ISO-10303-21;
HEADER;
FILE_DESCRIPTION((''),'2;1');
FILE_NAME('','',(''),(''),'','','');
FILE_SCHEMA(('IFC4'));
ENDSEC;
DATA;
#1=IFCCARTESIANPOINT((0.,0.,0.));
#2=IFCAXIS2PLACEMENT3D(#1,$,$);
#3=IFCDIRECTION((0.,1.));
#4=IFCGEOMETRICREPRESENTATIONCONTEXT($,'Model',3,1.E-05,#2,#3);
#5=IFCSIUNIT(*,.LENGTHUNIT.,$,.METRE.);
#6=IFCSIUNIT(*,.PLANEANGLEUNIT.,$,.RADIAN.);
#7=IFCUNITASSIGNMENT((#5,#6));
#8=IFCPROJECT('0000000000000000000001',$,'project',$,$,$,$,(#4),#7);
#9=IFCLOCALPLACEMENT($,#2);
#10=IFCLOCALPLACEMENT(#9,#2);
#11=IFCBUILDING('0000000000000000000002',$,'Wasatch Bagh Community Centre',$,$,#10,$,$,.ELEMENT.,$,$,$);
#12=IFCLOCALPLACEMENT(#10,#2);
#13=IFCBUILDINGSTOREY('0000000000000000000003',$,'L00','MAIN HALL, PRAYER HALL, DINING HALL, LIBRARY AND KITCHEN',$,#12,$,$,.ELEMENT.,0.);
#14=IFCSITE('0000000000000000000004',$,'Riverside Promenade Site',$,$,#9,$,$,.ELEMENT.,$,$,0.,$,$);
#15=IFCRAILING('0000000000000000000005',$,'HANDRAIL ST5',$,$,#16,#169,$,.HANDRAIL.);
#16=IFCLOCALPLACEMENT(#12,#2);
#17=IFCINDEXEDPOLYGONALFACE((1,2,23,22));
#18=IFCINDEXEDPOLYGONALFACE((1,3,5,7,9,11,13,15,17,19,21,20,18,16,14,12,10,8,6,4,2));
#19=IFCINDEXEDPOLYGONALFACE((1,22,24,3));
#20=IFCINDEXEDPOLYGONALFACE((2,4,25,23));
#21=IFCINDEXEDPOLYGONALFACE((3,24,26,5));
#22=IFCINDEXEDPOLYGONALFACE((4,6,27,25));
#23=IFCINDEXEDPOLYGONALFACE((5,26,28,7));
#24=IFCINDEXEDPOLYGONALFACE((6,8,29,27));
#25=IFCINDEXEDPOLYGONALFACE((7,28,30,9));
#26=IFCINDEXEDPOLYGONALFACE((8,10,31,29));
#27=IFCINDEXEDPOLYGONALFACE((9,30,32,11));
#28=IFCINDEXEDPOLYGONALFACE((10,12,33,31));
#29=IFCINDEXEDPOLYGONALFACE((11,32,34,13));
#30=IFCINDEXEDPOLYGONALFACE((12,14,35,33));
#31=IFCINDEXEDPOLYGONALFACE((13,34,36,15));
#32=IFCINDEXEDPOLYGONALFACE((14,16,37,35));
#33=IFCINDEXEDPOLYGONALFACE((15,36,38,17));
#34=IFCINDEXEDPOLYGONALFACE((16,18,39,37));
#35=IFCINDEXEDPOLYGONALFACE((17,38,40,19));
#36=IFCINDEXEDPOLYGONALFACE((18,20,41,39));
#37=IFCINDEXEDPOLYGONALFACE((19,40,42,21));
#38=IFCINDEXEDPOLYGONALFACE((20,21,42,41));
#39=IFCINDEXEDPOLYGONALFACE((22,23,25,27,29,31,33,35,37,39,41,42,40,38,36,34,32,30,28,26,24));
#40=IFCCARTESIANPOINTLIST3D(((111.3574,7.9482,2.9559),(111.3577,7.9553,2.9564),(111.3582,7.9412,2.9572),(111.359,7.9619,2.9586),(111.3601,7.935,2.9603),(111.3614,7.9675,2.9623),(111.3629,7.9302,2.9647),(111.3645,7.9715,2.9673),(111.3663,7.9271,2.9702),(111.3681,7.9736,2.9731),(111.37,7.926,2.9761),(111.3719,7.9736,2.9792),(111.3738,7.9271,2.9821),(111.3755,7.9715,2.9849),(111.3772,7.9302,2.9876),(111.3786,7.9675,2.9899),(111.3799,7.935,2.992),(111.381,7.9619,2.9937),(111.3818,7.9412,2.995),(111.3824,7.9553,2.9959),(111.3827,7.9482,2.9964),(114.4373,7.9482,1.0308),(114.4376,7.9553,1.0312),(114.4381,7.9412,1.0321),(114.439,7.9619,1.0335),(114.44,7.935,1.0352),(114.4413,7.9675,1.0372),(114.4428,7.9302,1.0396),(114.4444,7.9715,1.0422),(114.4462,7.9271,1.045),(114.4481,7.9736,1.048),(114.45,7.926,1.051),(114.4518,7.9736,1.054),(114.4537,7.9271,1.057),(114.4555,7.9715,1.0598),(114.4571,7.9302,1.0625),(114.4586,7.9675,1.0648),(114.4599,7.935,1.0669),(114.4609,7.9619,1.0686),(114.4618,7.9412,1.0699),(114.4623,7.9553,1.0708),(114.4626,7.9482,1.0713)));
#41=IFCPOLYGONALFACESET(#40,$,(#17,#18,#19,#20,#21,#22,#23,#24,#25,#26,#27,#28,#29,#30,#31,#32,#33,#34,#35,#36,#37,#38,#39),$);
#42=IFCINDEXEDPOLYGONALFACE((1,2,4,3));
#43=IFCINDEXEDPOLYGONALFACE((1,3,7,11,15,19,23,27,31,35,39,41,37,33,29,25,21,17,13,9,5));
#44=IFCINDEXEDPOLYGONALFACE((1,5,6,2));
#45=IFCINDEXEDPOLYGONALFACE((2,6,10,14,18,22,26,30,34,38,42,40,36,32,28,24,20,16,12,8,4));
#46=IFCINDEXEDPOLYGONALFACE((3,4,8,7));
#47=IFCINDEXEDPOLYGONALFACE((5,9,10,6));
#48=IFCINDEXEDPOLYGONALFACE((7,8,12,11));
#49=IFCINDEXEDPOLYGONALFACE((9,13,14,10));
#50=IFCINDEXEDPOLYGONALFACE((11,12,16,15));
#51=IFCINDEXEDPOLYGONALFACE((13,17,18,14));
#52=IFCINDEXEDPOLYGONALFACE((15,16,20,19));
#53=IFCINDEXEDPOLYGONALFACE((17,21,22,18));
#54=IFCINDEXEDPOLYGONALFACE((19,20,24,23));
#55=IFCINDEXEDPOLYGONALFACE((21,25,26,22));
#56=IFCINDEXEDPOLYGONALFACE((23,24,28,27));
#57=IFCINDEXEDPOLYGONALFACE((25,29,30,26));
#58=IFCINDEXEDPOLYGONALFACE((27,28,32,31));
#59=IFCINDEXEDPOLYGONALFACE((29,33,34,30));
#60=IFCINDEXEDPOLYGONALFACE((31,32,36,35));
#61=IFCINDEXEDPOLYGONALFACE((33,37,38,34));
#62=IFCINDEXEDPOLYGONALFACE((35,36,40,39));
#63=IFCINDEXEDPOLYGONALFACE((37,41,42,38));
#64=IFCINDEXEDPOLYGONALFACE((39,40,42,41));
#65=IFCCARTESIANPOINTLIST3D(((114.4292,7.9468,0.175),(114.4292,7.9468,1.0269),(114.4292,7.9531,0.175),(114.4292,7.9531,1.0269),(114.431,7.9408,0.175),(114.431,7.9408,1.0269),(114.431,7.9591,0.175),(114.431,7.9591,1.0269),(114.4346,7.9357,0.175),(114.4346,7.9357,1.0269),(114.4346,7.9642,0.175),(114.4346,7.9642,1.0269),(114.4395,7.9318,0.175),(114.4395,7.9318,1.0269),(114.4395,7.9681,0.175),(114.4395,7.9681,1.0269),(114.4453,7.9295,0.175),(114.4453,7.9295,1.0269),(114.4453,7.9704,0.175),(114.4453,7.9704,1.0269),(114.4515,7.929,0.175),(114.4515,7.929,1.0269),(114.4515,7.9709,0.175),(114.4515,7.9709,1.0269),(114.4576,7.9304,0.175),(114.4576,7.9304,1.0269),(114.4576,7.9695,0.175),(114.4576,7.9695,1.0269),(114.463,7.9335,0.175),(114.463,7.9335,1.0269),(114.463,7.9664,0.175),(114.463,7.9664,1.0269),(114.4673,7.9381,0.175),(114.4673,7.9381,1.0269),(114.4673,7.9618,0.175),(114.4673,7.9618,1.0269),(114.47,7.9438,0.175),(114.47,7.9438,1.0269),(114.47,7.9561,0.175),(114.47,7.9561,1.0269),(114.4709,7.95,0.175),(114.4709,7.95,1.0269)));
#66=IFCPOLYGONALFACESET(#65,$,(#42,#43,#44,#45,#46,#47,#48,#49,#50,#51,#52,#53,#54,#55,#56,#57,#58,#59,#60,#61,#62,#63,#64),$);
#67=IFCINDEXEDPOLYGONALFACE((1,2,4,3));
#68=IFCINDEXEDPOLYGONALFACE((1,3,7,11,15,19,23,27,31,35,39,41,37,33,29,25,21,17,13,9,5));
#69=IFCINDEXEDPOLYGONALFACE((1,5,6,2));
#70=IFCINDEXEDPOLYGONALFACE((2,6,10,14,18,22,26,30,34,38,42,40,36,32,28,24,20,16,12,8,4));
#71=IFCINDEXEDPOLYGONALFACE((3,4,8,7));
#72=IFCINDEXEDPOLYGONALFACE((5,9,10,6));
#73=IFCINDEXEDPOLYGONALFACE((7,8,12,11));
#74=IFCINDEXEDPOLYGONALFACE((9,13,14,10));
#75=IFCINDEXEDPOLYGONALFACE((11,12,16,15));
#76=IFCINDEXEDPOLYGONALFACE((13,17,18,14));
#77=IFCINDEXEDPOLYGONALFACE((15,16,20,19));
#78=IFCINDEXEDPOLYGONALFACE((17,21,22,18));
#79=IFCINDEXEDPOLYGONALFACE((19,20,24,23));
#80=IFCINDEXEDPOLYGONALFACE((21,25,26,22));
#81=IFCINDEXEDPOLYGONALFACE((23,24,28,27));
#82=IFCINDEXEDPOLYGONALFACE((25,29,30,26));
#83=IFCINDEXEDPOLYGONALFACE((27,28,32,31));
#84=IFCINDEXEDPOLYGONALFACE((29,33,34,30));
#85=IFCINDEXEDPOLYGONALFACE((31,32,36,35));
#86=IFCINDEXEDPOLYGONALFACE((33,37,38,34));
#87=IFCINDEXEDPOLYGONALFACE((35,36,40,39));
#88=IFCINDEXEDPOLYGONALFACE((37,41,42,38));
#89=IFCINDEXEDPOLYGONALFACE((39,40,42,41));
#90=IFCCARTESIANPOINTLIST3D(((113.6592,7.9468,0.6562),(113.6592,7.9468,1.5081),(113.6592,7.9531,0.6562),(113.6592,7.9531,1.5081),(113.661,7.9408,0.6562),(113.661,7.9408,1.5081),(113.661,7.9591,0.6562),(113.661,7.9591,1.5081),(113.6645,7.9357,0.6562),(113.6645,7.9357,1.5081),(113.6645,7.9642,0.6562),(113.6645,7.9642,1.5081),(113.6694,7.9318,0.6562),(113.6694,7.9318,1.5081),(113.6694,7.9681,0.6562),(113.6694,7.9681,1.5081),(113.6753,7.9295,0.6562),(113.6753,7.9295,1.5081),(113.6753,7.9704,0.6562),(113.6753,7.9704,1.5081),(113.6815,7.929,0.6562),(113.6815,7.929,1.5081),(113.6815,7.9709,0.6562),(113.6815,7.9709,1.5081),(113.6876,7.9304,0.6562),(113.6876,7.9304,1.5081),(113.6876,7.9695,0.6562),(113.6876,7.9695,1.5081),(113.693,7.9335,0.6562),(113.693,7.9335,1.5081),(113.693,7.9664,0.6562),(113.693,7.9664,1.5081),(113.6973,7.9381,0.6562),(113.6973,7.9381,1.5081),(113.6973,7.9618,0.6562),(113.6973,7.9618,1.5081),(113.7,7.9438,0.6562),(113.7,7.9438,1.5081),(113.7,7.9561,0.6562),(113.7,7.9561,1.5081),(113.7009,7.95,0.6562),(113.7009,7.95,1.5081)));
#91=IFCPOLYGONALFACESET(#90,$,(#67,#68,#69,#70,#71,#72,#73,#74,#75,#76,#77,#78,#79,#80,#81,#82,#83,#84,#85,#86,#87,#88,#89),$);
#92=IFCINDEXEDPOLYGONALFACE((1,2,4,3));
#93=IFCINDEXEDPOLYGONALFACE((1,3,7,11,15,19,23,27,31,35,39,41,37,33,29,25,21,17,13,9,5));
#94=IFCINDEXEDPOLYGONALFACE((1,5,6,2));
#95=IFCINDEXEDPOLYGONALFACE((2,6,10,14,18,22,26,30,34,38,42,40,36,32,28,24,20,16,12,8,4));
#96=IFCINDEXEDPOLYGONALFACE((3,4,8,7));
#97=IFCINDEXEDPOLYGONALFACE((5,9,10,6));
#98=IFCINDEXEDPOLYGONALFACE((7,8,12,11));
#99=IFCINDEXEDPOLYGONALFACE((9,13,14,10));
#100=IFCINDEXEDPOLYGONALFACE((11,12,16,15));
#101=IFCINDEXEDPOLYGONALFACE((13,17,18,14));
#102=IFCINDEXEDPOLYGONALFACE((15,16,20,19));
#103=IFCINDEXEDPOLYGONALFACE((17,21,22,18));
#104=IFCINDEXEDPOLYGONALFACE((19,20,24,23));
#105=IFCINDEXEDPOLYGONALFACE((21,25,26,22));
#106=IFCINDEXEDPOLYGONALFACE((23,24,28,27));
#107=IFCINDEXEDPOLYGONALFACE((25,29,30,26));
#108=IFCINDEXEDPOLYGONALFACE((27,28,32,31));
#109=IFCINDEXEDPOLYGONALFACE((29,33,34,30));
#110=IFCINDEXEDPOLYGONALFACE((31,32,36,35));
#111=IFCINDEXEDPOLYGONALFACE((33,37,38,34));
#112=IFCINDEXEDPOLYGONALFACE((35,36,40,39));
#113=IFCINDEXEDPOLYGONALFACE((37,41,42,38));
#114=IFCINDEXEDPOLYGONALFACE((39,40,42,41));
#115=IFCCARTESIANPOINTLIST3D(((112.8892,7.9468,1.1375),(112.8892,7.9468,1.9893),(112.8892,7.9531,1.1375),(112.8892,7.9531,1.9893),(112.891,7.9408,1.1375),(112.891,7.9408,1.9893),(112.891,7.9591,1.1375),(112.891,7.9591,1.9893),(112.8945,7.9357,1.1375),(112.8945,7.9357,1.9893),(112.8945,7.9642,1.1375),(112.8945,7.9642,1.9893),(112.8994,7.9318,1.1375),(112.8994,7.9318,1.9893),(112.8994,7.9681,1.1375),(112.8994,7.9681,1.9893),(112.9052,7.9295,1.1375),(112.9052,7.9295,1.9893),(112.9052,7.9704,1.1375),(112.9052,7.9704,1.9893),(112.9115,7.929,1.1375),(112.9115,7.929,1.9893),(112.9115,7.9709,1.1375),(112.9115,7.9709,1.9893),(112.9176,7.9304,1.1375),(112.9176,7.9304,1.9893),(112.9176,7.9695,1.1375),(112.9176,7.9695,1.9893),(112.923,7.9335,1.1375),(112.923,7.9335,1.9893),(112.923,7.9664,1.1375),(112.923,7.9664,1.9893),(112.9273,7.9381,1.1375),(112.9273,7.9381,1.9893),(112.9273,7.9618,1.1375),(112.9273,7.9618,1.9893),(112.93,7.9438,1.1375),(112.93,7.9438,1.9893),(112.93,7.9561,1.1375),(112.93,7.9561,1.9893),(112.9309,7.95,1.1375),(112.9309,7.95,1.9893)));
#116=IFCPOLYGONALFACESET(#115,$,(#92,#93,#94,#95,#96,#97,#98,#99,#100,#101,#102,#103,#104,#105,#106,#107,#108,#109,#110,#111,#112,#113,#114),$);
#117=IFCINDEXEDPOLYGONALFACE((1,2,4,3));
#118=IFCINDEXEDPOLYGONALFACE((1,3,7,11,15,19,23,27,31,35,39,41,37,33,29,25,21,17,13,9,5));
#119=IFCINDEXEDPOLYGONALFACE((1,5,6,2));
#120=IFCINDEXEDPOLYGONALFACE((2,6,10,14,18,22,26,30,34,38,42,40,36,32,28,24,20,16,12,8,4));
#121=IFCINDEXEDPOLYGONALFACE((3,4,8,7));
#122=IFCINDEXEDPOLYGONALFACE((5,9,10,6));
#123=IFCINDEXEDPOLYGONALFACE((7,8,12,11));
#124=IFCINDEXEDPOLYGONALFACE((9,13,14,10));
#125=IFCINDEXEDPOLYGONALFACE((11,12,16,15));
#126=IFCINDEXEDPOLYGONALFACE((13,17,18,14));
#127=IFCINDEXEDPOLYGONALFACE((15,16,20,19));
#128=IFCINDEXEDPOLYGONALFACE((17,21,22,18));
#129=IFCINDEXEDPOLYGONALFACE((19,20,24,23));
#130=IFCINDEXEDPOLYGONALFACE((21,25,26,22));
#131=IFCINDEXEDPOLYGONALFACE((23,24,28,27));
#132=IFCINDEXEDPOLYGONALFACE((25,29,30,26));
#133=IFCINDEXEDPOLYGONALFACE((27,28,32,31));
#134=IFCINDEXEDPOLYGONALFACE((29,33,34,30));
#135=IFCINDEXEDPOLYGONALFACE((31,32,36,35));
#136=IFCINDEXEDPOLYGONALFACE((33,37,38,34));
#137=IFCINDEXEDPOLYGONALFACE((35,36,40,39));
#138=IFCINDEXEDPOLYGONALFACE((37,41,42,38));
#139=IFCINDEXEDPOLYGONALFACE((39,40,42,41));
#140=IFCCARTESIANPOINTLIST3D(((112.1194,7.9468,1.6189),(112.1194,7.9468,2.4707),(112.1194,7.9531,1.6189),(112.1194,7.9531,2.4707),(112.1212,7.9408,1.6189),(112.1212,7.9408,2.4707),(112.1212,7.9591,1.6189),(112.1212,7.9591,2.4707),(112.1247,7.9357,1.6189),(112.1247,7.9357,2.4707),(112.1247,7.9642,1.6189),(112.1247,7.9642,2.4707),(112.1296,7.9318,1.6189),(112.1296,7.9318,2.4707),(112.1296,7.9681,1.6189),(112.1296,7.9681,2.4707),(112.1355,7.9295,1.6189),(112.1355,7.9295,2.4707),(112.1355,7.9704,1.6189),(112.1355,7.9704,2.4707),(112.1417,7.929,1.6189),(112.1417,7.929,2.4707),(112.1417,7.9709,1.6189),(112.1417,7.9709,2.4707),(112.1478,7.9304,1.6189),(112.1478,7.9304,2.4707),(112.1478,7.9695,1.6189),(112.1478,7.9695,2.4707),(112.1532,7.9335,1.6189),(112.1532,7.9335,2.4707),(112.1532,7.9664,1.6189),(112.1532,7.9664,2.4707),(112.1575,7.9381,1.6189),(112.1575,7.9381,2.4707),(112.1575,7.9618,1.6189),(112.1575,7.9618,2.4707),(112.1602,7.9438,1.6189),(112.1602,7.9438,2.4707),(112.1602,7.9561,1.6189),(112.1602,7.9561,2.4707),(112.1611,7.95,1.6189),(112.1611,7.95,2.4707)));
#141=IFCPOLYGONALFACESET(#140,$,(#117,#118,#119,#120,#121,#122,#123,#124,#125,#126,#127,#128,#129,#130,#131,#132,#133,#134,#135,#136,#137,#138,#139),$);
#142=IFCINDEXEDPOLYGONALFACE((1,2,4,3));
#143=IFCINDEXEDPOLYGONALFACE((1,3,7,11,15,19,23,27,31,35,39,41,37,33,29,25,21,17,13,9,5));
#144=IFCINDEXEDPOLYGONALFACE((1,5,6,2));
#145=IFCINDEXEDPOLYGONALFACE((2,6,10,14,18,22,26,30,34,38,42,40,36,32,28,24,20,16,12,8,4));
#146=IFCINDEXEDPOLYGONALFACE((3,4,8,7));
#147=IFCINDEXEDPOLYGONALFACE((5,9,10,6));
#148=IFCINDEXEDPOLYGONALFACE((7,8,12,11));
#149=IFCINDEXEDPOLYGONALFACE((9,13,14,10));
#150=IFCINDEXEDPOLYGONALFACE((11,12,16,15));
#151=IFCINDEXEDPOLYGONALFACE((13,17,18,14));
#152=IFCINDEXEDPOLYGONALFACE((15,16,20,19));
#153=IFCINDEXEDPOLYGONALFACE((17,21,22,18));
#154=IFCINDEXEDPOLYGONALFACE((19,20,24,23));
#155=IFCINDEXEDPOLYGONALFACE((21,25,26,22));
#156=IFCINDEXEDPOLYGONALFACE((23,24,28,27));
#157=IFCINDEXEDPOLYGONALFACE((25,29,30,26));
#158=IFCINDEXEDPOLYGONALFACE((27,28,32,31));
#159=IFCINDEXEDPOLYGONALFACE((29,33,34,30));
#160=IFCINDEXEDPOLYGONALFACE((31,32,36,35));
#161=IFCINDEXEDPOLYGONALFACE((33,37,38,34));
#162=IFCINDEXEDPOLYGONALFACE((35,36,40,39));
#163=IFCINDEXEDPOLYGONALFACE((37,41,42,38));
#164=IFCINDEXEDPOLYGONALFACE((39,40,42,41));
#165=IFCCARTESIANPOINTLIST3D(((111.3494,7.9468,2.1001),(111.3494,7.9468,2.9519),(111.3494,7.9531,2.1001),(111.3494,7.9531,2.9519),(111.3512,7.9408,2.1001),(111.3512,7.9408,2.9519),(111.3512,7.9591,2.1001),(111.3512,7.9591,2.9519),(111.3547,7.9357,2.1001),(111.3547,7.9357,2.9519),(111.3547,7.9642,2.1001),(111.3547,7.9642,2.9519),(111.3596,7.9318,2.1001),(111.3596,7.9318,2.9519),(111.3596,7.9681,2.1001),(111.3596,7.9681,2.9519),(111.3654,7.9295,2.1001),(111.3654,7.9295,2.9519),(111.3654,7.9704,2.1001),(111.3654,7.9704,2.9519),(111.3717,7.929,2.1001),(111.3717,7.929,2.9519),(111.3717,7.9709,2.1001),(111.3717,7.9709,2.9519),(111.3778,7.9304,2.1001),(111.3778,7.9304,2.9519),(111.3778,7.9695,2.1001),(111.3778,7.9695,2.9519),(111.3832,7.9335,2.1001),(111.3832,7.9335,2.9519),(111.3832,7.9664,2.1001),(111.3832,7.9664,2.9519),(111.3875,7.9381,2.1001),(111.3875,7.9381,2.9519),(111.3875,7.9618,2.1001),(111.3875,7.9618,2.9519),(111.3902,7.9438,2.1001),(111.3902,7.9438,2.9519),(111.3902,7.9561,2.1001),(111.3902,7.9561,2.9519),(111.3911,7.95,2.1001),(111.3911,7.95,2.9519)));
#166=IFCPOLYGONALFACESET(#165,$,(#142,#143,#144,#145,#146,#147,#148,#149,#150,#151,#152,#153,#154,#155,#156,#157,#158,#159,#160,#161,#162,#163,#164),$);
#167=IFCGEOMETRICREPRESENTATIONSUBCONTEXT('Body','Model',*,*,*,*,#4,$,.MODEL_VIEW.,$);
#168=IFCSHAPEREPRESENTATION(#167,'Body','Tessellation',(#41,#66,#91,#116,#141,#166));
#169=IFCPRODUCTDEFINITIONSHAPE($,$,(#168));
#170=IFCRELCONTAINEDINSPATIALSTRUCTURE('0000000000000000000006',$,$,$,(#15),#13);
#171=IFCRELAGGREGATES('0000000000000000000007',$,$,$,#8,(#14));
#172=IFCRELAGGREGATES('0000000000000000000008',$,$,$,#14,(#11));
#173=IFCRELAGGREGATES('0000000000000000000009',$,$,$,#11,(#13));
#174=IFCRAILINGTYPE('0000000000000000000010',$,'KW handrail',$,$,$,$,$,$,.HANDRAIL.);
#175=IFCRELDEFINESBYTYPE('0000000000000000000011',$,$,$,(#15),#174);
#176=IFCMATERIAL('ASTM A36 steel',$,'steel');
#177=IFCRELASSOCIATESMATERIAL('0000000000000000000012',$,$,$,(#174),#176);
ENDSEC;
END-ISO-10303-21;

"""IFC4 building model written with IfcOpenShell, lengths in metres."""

from ifc_helpers import new_model, si_unit, direction, frame, origin, origin_2d, place, context, subcontext, project, spatial, circle, extrude, material, type_object, element, save


model = new_model("IFC4")

# Units and contexts
model_context = context("Model", 3, precision=1e-05, world=origin(), true_north=direction((0.0, 1.0)))
body_context = subcontext(model_context, "Body", "Model", "MODEL_VIEW")
ifc_project = project(units=[si_unit("LENGTHUNIT", "METRE"), si_unit("PLANEANGLEUNIT", "RADIAN")], contexts=[model_context])

# Site, building, storey
site_placement = place(None, origin())
site = spatial("IfcSite", under=ifc_project, at=site_placement, Name="Riverside Promenade Site", CompositionType="ELEMENT", RefElevation=0.0)
building_placement = place(site_placement, origin())
building = spatial("IfcBuilding", under=site, at=building_placement, Name="Wasatch Bagh Community Centre", CompositionType="ELEMENT")
storey_placement = place(building_placement, origin())
storey = spatial("IfcBuildingStorey", under=building, at=storey_placement, Name="L00", Description="MAIN HALL, PRAYER HALL, DINING HALL, LIBRARY AND KITCHEN", CompositionType="ELEMENT", Elevation=0.0)

# Railing
ifc_material_1 = material(Name="ASTM A36 steel", Category="steel")
railing_type_1 = type_object("IfcRailingType", Name="KW handrail", PredefinedType="HANDRAIL", material=ifc_material_1)
for number, where, name in (
    (1, (114.45, 7.95, 0.175), "HANDRAIL ST5"),
):
    element("IfcRailing", number, at=place(storey_placement, frame(where)), inside=storey, type_object=railing_type_1, Name=name, PredefinedType="HANDRAIL", context=body_context, shape_type="SweptSolid", body=[
        extrude(circle(Radius=0.0239, at=origin_2d()), frame((0.0, 0.0, 0.876), z_axis=(-0.847979, 0.0, 0.530029), x_axis=(0.0, -1.0, 0.0)), (0.0, 0.0, 1.0), 3.6321),
        extrude(circle(Radius=0.021, at=origin_2d()), origin(), (0.0, 0.0, 1.0), 0.8518),
        extrude(circle(Radius=0.021, at=origin_2d()), frame((-0.77, 0.0, 0.4812)), (0.0, 0.0, 1.0), 0.8518),
        extrude(circle(Radius=0.021, at=origin_2d()), frame((-1.54, 0.0, 0.9624)), (0.0, 0.0, 1.0), 0.8518),
        extrude(circle(Radius=0.021, at=origin_2d()), frame((-2.3098, 0.0, 1.4438)), (0.0, 0.0, 1.0), 0.8518),
        extrude(circle(Radius=0.021, at=origin_2d()), frame((-3.0798, 0.0, 1.925)), (0.0, 0.0, 1.0), 0.8518),
    ])

save(model, "model.ifc")
